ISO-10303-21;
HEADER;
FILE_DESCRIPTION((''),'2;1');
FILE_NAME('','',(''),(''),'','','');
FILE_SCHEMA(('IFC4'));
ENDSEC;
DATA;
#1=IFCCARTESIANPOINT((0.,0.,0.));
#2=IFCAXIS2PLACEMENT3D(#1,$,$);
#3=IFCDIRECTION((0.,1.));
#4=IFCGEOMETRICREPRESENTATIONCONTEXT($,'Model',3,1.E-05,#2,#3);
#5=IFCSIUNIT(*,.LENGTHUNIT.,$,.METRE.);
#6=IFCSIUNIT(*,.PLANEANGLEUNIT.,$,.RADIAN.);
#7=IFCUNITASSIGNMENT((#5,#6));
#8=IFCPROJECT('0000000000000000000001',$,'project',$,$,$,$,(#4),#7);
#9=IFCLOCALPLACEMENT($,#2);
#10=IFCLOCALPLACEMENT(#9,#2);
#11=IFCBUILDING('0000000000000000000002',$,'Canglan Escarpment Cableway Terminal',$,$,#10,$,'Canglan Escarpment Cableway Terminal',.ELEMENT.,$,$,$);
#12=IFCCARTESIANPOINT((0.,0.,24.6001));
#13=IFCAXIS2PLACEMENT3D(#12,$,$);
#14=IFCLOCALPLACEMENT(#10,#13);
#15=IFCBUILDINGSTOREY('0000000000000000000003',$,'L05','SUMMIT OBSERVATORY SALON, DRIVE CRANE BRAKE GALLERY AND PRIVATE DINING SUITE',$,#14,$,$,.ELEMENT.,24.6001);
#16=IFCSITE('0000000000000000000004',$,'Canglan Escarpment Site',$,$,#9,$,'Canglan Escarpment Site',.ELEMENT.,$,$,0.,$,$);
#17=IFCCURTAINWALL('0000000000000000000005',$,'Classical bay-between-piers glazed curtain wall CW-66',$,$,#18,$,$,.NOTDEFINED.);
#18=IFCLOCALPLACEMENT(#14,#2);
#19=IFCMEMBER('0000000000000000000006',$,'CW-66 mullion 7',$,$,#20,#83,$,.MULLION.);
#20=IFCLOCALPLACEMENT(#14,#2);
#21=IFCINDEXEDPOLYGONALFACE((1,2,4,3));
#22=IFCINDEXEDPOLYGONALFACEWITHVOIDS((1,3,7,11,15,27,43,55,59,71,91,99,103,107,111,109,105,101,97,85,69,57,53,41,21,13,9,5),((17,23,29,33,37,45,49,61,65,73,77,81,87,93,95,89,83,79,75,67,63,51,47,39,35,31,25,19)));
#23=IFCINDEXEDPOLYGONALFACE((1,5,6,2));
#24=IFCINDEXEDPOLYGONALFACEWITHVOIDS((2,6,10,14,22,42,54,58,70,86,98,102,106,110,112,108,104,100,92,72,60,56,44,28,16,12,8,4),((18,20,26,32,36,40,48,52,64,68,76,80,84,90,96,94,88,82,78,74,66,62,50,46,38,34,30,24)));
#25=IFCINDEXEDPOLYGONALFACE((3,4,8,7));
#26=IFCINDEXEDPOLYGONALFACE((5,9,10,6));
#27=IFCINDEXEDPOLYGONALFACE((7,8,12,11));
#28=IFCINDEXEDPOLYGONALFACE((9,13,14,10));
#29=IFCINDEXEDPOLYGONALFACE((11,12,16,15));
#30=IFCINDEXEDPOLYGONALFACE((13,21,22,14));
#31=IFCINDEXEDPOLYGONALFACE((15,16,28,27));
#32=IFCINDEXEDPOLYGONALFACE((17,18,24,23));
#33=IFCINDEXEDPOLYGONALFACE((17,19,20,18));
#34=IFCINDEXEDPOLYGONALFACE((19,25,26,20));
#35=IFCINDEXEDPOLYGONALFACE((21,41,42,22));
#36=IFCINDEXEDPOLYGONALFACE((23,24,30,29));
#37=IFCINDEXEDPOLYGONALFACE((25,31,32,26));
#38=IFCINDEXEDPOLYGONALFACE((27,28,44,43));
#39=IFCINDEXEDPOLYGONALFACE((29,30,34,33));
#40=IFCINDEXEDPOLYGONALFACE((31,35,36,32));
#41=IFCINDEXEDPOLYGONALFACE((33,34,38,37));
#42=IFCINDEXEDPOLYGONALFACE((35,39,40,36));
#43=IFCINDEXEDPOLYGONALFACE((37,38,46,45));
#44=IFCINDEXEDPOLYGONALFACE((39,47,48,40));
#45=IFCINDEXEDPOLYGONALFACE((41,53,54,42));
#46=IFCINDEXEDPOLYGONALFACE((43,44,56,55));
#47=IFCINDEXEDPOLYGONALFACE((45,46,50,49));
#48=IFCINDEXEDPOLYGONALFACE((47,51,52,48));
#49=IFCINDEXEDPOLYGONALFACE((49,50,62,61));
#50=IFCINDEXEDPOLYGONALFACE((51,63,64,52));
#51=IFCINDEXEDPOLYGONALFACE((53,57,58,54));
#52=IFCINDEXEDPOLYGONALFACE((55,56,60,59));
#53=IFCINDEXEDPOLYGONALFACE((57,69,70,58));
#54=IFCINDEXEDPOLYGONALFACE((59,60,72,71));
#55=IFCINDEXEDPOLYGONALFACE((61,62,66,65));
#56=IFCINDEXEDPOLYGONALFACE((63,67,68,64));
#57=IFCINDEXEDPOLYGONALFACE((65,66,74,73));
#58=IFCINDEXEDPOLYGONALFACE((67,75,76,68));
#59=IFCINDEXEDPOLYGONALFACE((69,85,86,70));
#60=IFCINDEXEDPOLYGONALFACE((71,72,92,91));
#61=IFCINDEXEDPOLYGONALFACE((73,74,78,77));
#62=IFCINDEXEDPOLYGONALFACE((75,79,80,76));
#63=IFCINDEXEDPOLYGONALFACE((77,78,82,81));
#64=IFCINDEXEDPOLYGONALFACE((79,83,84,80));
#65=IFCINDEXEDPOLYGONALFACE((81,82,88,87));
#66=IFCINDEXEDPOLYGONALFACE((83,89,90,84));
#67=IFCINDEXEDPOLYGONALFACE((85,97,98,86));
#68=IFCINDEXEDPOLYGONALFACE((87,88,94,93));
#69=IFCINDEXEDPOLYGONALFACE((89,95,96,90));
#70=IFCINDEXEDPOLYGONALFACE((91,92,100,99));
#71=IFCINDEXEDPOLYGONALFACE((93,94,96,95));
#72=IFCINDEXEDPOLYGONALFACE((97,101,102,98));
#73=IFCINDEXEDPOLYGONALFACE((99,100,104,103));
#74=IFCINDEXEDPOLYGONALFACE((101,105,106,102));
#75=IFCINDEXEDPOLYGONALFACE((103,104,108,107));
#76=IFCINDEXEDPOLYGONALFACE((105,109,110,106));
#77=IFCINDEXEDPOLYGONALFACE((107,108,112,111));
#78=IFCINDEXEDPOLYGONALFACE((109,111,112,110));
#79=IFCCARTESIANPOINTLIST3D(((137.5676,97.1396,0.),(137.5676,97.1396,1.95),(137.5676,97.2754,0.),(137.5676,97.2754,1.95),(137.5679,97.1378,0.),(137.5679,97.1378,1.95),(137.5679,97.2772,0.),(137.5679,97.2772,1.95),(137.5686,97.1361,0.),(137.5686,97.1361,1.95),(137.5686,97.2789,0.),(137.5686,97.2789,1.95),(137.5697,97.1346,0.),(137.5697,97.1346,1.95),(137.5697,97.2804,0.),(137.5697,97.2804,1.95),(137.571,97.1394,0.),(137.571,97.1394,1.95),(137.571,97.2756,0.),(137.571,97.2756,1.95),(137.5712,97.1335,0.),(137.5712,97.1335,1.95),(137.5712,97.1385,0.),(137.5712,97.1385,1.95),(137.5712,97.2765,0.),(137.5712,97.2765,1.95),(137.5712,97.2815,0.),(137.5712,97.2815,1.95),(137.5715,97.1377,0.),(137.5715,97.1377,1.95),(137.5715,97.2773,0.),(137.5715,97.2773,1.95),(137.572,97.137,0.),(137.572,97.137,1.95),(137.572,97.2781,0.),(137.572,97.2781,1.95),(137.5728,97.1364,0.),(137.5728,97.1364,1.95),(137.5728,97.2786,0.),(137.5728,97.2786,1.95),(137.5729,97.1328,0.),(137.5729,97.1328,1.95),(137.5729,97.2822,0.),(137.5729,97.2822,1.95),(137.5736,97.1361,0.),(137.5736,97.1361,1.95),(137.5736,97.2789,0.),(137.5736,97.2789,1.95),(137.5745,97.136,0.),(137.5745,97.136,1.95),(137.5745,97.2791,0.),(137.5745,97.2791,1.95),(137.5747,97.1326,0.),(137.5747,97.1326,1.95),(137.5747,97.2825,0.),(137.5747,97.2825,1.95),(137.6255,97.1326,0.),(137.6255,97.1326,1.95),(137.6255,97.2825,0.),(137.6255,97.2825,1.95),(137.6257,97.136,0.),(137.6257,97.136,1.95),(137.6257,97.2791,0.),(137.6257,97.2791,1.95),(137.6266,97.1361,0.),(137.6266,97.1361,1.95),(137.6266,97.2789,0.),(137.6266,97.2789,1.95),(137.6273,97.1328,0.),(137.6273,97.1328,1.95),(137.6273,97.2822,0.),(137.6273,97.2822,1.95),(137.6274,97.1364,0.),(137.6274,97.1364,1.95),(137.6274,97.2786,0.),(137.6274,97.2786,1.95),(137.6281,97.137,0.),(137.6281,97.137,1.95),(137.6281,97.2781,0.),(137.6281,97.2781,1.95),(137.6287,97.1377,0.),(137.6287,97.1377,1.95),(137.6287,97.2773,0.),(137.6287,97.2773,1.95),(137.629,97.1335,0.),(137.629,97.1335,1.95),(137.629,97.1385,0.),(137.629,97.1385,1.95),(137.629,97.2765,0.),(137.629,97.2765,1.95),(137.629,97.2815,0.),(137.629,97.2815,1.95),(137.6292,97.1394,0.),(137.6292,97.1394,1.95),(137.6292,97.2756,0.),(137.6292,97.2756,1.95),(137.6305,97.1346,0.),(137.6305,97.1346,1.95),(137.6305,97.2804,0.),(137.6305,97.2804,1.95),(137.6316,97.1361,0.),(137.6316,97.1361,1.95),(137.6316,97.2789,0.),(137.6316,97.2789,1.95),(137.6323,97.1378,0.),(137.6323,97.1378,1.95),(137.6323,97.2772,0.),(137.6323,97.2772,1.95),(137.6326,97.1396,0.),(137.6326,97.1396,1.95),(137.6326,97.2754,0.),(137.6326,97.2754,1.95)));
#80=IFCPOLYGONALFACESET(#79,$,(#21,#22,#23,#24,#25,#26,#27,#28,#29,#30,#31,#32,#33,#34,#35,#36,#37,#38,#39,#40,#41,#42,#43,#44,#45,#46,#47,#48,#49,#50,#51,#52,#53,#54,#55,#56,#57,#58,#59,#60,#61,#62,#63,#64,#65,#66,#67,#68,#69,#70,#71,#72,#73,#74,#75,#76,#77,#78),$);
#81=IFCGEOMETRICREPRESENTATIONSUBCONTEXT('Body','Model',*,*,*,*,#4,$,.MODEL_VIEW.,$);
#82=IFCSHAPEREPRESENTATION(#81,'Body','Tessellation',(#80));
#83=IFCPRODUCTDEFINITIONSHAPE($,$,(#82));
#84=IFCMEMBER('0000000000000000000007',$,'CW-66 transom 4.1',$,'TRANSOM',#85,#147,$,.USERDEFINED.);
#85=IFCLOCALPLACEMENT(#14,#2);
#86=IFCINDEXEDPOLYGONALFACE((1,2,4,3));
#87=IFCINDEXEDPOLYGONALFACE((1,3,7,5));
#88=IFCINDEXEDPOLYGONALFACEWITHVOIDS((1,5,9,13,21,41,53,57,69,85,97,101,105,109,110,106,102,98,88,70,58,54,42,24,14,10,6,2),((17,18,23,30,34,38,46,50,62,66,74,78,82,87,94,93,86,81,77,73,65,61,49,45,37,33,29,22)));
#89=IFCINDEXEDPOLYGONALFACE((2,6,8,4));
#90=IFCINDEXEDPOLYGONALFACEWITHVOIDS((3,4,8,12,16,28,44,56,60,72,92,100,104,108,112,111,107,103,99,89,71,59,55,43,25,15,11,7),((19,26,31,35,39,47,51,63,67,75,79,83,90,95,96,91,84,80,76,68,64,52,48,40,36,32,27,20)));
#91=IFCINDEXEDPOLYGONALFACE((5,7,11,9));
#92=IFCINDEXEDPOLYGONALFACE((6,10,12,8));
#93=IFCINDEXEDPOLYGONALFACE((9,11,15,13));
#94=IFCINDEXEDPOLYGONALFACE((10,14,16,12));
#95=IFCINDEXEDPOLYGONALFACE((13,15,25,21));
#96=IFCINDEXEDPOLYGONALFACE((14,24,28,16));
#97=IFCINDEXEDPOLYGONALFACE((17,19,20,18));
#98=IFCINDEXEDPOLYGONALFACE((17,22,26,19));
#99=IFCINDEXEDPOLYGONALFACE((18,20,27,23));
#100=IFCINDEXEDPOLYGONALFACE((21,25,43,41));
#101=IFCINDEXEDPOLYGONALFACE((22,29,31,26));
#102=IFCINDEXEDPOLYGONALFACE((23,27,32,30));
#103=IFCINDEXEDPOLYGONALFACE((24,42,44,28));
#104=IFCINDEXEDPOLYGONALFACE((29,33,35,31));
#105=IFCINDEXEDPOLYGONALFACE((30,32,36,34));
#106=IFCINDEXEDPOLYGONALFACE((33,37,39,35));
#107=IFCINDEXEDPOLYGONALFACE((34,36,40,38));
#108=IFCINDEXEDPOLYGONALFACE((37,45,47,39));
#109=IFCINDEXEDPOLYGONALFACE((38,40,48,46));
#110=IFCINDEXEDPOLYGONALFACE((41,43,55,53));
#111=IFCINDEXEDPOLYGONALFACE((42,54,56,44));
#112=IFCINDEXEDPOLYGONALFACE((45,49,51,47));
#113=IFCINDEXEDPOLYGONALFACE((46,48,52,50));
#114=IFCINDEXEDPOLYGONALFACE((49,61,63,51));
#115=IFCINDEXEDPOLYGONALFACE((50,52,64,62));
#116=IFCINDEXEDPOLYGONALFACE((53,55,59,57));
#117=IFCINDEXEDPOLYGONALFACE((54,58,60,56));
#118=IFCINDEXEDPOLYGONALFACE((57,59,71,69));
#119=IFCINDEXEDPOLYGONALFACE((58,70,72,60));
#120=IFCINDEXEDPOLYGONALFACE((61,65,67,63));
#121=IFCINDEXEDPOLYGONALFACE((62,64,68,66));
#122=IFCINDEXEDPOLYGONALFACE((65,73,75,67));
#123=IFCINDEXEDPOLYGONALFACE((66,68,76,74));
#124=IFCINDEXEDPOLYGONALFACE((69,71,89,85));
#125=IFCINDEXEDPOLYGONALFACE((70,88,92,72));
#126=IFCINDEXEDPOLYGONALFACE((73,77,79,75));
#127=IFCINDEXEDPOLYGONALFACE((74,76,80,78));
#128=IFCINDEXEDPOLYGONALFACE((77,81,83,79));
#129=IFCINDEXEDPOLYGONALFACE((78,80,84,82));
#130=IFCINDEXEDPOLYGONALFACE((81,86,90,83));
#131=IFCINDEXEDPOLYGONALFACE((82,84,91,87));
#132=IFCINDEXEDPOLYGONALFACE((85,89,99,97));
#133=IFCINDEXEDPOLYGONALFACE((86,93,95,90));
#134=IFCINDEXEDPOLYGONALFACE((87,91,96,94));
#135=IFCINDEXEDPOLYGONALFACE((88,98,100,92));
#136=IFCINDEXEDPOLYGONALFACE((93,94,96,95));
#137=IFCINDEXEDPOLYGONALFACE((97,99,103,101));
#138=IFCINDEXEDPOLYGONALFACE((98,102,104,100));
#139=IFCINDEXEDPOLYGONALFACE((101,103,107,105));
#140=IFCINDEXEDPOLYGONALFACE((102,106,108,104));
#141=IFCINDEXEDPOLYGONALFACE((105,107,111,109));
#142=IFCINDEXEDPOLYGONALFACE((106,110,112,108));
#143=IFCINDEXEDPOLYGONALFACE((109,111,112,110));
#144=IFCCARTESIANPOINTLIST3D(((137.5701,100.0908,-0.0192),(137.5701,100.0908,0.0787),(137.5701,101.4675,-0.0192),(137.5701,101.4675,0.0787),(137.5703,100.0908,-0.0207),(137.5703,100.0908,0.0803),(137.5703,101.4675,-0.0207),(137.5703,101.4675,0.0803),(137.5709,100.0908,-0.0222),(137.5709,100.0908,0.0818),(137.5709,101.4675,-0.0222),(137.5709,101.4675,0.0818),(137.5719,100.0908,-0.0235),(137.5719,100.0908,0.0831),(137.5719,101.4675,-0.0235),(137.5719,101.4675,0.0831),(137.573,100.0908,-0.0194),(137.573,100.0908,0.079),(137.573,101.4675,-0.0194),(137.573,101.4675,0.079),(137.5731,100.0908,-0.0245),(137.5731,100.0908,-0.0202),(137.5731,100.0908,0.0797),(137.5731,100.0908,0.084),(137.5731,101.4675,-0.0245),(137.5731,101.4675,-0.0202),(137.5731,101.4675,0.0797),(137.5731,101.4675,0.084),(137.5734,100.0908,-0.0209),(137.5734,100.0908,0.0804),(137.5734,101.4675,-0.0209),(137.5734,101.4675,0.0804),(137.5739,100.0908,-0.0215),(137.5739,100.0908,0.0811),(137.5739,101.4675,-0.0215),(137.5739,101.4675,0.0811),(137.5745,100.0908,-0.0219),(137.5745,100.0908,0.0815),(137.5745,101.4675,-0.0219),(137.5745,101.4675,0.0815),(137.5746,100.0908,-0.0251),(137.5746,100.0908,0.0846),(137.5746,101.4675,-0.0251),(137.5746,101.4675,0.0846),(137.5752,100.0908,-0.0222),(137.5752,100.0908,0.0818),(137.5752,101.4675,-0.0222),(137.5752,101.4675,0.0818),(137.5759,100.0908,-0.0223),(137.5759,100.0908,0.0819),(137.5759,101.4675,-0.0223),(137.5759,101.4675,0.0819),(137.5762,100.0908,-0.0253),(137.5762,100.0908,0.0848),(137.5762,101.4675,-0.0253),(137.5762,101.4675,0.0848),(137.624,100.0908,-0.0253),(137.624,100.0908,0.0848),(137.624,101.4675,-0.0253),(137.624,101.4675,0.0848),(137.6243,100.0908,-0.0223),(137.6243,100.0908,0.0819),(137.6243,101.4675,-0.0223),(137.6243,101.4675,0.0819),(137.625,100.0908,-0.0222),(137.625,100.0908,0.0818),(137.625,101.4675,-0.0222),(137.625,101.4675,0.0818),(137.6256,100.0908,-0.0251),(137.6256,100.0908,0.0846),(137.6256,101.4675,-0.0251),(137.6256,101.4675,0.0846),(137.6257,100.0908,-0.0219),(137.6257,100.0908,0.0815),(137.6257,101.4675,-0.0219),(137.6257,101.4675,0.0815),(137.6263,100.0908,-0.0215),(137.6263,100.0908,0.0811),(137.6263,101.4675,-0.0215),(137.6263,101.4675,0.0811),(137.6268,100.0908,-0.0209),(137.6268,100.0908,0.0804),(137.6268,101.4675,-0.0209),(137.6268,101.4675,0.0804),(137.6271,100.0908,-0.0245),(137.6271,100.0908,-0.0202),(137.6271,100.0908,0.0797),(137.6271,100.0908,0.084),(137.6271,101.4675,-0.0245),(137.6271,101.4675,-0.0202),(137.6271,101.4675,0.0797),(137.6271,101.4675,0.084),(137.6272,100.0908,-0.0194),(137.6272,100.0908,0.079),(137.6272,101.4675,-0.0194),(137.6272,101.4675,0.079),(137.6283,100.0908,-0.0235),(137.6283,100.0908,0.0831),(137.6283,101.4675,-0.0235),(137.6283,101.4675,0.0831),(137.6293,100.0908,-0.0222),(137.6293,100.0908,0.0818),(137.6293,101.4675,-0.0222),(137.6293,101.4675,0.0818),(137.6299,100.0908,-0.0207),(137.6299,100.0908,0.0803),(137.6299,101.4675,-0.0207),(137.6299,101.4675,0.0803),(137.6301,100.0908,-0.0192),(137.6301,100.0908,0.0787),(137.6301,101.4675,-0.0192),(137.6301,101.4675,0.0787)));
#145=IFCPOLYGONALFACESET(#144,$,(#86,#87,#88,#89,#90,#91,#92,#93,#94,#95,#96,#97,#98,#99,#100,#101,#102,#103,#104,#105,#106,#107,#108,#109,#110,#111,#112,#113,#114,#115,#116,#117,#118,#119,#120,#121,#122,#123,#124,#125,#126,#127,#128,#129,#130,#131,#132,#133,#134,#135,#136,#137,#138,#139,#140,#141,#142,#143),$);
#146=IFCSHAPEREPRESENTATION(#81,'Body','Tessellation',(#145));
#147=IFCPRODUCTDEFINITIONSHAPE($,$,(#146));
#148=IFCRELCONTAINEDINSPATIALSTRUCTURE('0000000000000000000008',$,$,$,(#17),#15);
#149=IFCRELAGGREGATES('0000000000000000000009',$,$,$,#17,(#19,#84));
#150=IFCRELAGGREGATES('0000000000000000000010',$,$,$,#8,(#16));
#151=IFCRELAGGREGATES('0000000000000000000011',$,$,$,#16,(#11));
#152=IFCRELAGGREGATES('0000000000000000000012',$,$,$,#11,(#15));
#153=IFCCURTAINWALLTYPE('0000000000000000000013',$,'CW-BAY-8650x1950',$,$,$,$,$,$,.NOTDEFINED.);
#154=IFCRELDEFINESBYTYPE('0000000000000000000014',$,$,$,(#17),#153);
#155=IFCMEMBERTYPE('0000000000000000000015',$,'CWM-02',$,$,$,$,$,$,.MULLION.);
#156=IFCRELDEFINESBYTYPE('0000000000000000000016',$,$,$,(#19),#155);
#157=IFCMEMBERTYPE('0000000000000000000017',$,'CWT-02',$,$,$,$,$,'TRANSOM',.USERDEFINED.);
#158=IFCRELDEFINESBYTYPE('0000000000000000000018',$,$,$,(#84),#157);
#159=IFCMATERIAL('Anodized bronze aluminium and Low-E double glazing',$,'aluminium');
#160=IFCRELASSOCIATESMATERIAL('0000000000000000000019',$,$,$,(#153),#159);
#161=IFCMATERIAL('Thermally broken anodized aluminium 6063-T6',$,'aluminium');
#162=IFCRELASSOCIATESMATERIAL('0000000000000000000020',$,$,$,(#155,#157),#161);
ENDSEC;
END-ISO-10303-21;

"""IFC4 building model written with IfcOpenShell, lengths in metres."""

from ifc_helpers import new_model, si_unit, direction, frame, origin, origin_2d, place, context, subcontext, project, spatial, hollow_rectangle, extrude, material, material_profile, profile_set, type_object, element, aggregate, save


model = new_model("IFC4")

# Units and contexts
model_context = context("Model", 3, precision=1e-05, world=origin(), true_north=direction((0.0, 1.0)))
body_context = subcontext(model_context, "Body", "Model", "MODEL_VIEW")
ifc_project = project(units=[si_unit("LENGTHUNIT", "METRE"), si_unit("PLANEANGLEUNIT", "RADIAN")], contexts=[model_context])

# Site, building, storey
site_placement = place(None, origin())
site = spatial("IfcSite", under=ifc_project, at=site_placement, Name="Canglan Escarpment Site", LongName="Canglan Escarpment Site", CompositionType="ELEMENT", RefElevation=0.0)
building_placement = place(site_placement, origin())
building = spatial("IfcBuilding", under=site, at=building_placement, Name="Canglan Escarpment Cableway Terminal", LongName="Canglan Escarpment Cableway Terminal", CompositionType="ELEMENT")
storey_placement = place(building_placement, frame((0.0, 0.0, 24.6001)))
storey = spatial("IfcBuildingStorey", under=building, at=storey_placement, Name="L05", Description="SUMMIT OBSERVATORY SALON, DRIVE CRANE BRAKE GALLERY AND PRIVATE DINING SUITE", CompositionType="ELEMENT", Elevation=24.6001)

# Curtain wall, members
ifc_material_1 = material(Name="Anodized bronze aluminium and Low-E double glazing", Category="aluminium")
curtain_wall_type = type_object("IfcCurtainWallType", Name="CW-BAY-8650x1950", PredefinedType="NOTDEFINED", material=ifc_material_1)
curtain_wall_placement = place(storey_placement, origin())
curtain_wall = element("IfcCurtainWall", 1, at=curtain_wall_placement, inside=storey, type_object=curtain_wall_type, Name="Classical bay-between-piers glazed curtain wall CW-66", PredefinedType="NOTDEFINED")
ifc_material_2 = material(Name="Thermally broken anodized aluminium 6063-T6", Category="aluminium")
ifc_material_profile_1 = material_profile(ifc_material_2, hollow_rectangle(XDim=0.0649, YDim=0.1499, WallThickness=0.0034, InnerFilletRadius=0.0034, OuterFilletRadius=0.0071, at=origin_2d()), Name="ALU-MULL 65x150x3.5")
ifc_profile_set_1 = profile_set([ifc_material_profile_1], Name="Thermally broken anodized aluminium 6063-T6")
member_type_1 = type_object("IfcMemberType", Name="CWM-02", PredefinedType="MULLION", material=ifc_profile_set_1)
member_1_placement = place(storey_placement, frame((137.6001, 97.2075, 0.0), z_axis=(0.0, 0.0, 1.0), x_axis=(1.0, 0.0, 0.0)))
member_1 = element("IfcMember", 2, at=member_1_placement, type_object=member_type_1, Name="CW-66 mullion 7", PredefinedType="MULLION", context=body_context, shape_type="SweptSolid", body=[
    extrude(hollow_rectangle(XDim=0.0649, YDim=0.1499, WallThickness=0.0034, InnerFilletRadius=0.0034, OuterFilletRadius=0.0071, at=origin_2d()), origin(), (0.0, 0.0, 1.0), 1.95),
])
ifc_material_profile_2 = material_profile(ifc_material_2, hollow_rectangle(XDim=0.0601, YDim=0.1101, WallThickness=0.0029, InnerFilletRadius=0.0029, OuterFilletRadius=0.0061, at=origin_2d()), Name="ALU-TRAN 60x110x3")
ifc_profile_set_2 = profile_set([ifc_material_profile_2], Name="Thermally broken anodized aluminium 6063-T6")
member_type_2 = type_object("IfcMemberType", Name="CWT-02", ElementType="TRANSOM", PredefinedType="USERDEFINED", material=ifc_profile_set_2)
member_2_placement = place(storey_placement, frame((137.6001, 101.4675, 0.0298), z_axis=(0.0, -1.0, 0.0), x_axis=(1.0, 0.0, 0.0)))
member_2 = element("IfcMember", 3, at=member_2_placement, type_object=member_type_2, Name="CW-66 transom 4.1", ObjectType="TRANSOM", PredefinedType="USERDEFINED", context=body_context, shape_type="SweptSolid", body=[
    extrude(hollow_rectangle(XDim=0.0601, YDim=0.1101, WallThickness=0.0029, InnerFilletRadius=0.0029, OuterFilletRadius=0.0061, at=origin_2d()), origin(), (0.0, 0.0, 1.0), 1.3767),
])

aggregate(curtain_wall, [member_1, member_2])

save(model, "model.ifc")
